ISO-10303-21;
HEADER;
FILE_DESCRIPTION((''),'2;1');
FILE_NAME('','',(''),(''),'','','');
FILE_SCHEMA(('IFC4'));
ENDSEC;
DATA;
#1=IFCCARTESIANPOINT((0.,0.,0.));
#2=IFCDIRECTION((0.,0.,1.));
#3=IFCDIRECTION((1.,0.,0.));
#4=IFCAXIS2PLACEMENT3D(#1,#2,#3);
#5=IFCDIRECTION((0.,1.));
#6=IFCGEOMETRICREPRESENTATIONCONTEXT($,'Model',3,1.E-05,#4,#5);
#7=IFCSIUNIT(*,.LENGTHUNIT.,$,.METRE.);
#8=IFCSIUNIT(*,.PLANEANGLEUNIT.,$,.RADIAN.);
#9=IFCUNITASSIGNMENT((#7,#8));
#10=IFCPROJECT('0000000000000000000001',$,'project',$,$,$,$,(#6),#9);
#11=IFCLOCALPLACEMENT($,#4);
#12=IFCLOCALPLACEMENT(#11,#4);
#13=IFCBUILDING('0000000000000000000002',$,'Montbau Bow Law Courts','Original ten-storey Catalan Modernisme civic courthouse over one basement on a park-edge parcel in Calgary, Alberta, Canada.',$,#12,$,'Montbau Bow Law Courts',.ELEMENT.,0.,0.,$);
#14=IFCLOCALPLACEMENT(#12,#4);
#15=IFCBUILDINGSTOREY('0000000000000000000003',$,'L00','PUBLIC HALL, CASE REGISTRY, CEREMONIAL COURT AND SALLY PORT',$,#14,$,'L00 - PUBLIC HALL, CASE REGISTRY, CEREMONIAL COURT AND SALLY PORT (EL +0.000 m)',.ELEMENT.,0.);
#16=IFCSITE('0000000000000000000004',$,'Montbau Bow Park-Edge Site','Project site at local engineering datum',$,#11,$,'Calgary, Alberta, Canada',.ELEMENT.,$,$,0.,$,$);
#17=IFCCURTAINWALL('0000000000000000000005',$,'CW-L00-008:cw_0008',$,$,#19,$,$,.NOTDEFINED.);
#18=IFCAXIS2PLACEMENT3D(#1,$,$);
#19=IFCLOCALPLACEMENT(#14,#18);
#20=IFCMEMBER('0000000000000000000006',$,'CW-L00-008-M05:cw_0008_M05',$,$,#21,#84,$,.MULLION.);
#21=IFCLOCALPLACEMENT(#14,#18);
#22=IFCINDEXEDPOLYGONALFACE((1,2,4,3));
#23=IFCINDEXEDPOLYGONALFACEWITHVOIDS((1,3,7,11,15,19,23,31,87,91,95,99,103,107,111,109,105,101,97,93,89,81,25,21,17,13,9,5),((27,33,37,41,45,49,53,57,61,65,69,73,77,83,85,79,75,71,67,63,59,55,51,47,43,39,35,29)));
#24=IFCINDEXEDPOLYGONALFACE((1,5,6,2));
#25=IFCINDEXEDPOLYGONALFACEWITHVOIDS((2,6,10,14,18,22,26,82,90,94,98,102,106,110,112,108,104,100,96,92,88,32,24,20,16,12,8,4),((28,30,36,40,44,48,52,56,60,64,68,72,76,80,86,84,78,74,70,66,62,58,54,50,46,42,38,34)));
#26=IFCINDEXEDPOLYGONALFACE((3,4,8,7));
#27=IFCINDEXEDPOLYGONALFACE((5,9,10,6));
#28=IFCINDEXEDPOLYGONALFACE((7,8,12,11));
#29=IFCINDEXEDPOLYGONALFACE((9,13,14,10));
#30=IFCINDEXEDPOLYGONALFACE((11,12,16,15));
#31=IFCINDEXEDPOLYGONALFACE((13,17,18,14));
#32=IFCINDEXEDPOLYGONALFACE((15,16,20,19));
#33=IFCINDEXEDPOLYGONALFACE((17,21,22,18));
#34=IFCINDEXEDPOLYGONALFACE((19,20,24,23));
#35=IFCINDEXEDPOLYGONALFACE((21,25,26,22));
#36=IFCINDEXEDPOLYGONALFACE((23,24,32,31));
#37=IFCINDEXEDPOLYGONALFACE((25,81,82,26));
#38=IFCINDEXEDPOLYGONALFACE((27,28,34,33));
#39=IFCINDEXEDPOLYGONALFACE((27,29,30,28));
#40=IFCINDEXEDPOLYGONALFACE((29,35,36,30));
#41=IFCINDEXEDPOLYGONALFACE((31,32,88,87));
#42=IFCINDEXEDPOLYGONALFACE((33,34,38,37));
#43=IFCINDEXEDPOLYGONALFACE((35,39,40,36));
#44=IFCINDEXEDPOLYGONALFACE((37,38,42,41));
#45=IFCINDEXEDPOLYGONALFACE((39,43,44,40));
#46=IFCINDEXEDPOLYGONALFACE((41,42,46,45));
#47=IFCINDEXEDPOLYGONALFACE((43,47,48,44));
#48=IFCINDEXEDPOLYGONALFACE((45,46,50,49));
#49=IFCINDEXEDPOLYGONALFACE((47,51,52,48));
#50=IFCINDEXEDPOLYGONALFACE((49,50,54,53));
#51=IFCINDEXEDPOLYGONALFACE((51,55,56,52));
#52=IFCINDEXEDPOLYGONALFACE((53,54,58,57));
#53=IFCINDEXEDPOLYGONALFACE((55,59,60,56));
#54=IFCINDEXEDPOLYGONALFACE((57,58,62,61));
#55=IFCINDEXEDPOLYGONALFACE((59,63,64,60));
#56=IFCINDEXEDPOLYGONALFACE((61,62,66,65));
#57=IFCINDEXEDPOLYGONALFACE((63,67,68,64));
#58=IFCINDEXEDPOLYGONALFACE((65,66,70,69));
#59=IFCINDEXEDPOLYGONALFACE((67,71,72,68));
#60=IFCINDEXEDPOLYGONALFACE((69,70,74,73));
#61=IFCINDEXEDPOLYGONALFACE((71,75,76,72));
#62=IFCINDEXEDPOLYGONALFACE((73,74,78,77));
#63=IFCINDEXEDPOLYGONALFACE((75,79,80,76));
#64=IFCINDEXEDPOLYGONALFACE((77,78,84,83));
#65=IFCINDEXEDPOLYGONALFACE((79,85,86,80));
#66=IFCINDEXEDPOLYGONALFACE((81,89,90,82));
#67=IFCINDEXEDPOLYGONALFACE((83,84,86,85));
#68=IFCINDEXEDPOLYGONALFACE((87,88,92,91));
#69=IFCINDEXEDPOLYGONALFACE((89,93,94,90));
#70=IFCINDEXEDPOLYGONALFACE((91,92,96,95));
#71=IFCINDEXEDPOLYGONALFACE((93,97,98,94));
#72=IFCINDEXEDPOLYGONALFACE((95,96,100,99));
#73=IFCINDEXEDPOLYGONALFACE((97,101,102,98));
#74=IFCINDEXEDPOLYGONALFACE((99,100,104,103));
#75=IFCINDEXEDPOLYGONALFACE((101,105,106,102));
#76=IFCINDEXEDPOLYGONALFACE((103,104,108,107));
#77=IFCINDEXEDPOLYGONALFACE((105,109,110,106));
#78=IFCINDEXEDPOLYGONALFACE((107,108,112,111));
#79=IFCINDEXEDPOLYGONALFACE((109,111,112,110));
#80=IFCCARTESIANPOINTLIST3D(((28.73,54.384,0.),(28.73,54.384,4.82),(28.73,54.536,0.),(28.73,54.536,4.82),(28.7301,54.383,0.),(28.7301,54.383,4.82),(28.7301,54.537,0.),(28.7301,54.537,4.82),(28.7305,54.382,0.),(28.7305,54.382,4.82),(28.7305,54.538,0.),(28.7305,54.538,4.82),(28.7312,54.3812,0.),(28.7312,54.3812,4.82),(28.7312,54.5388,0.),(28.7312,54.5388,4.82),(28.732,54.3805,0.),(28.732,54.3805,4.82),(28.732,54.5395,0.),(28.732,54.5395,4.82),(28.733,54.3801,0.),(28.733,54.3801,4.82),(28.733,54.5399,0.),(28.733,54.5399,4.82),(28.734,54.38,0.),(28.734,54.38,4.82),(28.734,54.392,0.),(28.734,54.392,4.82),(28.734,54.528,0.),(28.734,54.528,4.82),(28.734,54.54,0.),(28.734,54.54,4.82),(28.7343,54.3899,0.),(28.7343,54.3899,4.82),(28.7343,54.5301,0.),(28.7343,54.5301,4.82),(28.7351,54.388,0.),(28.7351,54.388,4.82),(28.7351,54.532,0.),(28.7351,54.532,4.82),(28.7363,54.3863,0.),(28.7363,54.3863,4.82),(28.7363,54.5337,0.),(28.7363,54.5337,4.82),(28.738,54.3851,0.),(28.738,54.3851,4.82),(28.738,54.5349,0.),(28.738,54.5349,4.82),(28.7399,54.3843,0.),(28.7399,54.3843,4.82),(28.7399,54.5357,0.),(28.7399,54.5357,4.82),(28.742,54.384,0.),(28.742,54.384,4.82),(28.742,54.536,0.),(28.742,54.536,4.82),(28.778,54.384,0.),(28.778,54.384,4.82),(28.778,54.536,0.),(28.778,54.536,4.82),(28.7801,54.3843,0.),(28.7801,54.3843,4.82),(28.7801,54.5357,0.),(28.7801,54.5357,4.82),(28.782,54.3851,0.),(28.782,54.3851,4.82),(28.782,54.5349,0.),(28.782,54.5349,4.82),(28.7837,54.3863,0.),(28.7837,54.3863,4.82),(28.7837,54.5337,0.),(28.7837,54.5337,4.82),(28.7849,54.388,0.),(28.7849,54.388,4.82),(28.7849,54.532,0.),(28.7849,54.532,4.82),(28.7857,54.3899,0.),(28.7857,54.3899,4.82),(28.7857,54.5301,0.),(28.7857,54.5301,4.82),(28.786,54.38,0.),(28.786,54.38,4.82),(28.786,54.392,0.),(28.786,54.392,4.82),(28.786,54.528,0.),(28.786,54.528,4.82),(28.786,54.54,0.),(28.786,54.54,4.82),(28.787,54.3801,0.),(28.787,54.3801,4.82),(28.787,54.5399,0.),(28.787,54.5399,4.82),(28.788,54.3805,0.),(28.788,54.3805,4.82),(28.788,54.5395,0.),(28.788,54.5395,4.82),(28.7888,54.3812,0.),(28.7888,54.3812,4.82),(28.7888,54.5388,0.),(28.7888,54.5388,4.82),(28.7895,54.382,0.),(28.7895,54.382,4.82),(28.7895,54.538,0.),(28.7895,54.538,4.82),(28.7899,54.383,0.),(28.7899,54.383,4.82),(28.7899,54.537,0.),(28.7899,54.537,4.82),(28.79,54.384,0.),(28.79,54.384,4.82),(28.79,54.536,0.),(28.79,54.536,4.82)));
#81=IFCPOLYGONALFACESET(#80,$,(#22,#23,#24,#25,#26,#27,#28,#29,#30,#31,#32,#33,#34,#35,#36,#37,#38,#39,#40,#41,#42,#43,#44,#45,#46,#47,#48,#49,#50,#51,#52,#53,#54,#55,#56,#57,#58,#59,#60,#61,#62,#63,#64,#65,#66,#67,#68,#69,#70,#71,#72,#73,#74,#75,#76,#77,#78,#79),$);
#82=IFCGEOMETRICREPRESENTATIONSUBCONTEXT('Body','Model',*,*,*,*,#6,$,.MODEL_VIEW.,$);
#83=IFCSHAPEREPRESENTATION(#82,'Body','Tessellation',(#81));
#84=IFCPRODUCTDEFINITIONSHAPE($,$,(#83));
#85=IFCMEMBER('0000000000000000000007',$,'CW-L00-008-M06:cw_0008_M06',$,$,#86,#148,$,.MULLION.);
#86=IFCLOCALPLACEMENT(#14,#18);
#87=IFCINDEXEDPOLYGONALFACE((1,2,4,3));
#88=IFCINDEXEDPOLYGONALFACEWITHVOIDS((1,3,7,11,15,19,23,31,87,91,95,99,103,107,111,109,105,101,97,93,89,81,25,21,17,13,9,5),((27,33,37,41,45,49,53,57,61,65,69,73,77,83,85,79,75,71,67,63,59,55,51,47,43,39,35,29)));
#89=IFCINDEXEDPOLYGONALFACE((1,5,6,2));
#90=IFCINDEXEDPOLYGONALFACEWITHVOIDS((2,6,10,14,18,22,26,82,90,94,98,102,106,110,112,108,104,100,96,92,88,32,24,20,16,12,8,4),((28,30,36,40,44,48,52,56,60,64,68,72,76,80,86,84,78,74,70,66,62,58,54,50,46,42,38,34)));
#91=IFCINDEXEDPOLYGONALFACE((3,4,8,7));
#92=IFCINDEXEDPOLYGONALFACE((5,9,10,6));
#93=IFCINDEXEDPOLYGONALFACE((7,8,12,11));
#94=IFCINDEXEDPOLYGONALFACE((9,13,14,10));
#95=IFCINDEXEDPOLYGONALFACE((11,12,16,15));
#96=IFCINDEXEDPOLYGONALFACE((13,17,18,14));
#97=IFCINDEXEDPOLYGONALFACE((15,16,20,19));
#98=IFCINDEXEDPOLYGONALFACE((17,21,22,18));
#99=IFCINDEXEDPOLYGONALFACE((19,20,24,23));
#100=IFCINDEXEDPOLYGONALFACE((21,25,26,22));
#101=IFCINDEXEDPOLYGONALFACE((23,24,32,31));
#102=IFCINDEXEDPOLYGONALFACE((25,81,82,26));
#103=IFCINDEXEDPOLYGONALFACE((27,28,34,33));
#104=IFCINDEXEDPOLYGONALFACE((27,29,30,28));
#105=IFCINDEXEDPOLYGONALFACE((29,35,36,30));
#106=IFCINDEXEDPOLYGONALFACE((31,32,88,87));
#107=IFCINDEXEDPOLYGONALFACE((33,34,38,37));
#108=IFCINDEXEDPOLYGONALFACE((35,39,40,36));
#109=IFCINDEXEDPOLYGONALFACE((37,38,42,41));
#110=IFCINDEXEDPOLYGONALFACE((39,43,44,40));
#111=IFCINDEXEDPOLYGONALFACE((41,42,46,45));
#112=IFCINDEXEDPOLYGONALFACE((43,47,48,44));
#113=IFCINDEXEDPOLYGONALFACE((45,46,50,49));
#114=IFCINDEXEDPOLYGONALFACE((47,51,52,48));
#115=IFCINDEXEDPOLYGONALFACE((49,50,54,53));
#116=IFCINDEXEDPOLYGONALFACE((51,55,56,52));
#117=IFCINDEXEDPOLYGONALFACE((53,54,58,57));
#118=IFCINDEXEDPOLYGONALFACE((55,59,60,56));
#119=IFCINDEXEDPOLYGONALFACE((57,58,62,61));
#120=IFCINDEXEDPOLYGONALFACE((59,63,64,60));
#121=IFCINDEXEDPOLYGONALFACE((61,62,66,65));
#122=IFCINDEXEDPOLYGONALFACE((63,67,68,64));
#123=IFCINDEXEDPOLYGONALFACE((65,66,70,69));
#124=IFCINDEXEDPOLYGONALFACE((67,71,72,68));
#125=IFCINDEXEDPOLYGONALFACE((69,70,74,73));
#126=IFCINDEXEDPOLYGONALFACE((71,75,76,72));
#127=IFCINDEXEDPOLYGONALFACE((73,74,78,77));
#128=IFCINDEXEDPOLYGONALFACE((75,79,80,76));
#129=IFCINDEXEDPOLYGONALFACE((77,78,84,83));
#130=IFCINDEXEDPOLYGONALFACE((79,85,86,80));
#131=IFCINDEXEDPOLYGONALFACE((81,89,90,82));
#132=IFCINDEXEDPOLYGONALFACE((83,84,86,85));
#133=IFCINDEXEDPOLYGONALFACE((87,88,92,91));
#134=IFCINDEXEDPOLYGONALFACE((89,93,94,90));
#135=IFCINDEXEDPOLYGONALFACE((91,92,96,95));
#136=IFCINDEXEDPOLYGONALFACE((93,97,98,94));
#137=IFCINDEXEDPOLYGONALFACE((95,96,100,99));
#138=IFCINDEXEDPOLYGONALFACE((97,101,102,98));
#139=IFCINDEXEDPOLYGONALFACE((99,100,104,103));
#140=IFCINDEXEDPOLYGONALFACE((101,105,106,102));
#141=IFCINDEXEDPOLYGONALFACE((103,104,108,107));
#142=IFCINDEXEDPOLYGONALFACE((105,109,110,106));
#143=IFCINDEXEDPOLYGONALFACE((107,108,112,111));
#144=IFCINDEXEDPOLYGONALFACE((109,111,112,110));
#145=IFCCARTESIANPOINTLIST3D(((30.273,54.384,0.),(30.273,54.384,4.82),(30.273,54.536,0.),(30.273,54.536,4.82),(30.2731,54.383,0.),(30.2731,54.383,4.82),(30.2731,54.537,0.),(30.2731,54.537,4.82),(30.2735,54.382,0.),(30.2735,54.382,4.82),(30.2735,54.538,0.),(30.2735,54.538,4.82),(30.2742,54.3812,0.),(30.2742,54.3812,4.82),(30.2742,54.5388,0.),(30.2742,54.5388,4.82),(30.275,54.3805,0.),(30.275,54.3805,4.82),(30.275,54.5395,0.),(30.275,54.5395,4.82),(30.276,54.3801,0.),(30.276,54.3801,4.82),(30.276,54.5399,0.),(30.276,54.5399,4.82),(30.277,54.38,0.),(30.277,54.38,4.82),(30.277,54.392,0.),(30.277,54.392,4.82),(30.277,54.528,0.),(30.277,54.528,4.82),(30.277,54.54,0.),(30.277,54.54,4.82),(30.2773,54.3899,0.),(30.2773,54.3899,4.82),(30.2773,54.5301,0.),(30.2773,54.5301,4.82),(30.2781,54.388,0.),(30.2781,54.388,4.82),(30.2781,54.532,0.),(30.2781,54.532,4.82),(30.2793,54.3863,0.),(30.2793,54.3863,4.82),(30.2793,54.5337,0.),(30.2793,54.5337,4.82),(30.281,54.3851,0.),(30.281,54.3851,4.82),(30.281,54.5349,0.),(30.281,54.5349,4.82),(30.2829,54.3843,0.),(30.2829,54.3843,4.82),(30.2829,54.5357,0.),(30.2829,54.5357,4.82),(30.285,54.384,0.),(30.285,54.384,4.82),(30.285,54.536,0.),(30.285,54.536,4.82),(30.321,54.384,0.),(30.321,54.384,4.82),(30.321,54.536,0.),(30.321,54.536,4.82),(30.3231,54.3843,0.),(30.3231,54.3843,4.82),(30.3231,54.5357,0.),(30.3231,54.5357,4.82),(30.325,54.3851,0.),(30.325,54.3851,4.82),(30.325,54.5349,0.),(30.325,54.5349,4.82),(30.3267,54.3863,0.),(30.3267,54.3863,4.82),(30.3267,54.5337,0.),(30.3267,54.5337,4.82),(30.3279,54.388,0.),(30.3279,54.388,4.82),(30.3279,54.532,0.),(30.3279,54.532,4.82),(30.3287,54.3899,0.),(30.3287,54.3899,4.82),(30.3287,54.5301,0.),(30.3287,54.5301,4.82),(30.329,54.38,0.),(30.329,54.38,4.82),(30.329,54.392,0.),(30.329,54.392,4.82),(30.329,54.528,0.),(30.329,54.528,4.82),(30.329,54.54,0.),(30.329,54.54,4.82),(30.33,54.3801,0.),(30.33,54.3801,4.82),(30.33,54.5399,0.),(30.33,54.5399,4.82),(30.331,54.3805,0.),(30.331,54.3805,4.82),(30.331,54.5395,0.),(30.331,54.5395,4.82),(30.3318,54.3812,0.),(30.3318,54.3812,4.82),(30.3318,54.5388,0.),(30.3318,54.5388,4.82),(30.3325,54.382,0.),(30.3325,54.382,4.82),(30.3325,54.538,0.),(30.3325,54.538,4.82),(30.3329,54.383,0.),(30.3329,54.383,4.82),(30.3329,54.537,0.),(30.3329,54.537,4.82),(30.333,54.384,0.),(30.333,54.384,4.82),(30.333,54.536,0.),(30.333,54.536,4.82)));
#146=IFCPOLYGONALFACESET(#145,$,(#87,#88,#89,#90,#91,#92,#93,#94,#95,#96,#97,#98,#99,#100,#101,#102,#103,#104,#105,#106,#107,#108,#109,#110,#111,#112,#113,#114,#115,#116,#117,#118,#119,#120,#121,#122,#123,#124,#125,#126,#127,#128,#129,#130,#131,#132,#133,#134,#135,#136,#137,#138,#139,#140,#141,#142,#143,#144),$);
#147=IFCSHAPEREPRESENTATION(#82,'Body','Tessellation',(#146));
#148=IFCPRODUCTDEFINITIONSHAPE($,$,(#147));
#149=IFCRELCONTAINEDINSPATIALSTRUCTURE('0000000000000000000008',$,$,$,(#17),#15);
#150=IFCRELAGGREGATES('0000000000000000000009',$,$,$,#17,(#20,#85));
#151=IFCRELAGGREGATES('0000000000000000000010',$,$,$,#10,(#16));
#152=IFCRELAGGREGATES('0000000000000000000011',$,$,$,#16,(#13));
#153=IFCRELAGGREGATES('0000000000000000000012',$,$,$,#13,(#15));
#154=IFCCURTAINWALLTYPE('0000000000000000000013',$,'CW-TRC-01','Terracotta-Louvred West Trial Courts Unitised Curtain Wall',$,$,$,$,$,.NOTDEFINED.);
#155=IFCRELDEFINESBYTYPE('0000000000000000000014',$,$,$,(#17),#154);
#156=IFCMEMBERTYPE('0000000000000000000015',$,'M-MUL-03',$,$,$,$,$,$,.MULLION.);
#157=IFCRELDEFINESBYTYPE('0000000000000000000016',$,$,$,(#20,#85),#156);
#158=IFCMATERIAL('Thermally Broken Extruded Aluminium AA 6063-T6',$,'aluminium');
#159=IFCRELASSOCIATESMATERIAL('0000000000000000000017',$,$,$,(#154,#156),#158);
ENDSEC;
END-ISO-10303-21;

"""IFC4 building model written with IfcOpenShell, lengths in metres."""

from ifc_helpers import new_model, si_unit, direction, frame, origin_with_axes, origin_2d_with_axis, place, context, subcontext, project, spatial, hollow_rectangle, extrude, material, material_profile, profile_set, type_object, element, aggregate, save


model = new_model("IFC4")

# Units and contexts
model_context = context("Model", 3, precision=1e-05, world=origin_with_axes(), true_north=direction((0.0, 1.0)))
body_context = subcontext(model_context, "Body", "Model", "MODEL_VIEW")
ifc_project = project(units=[si_unit("LENGTHUNIT", "METRE"), si_unit("PLANEANGLEUNIT", "RADIAN")], contexts=[model_context])

# Site, building, storey
site_placement = place(None, origin_with_axes())
site = spatial("IfcSite", under=ifc_project, at=site_placement, Name="Montbau Bow Park-Edge Site", Description="Project site at local engineering datum", LongName="Calgary, Alberta, Canada", CompositionType="ELEMENT", RefElevation=0.0)
building_placement = place(site_placement, origin_with_axes())
building = spatial("IfcBuilding", under=site, at=building_placement, Name="Montbau Bow Law Courts", Description="Original ten-storey Catalan Modernisme civic courthouse over one basement on a park-edge parcel in Calgary, Alberta, Canada.", LongName="Montbau Bow Law Courts", CompositionType="ELEMENT", ElevationOfRefHeight=0.0, ElevationOfTerrain=0.0)
storey_placement = place(building_placement, origin_with_axes())
storey = spatial("IfcBuildingStorey", under=building, at=storey_placement, Name="L00", Description="PUBLIC HALL, CASE REGISTRY, CEREMONIAL COURT AND SALLY PORT", LongName="L00 - PUBLIC HALL, CASE REGISTRY, CEREMONIAL COURT AND SALLY PORT (EL +0.000 m)", CompositionType="ELEMENT", Elevation=0.0)

# Curtain wall, members
ifc_material_1 = material(Name="Thermally Broken Extruded Aluminium AA 6063-T6", Category="aluminium")
curtain_wall_type = type_object("IfcCurtainWallType", Name="CW-TRC-01", Description="Terracotta-Louvred West Trial Courts Unitised Curtain Wall", PredefinedType="NOTDEFINED", material=ifc_material_1)
curtain_wall_1_placement = place(None, frame((22.467, 54.46, 0.0), z_axis=(0.0, 0.0, 1.0), x_axis=(1.0, 0.0, 0.0)))
curtain_wall_1 = element("IfcCurtainWall", 1, at=curtain_wall_1_placement, inside=storey, type_object=curtain_wall_type, Name="CW-L00-008:cw_0008", PredefinedType="NOTDEFINED")
ifc_material_profile_1 = material_profile(ifc_material_1, hollow_rectangle(XDim=0.06, YDim=0.16, WallThickness=0.004, InnerFilletRadius=0.008, OuterFilletRadius=0.004, at=origin_2d_with_axis()), Name="CWM-160X60", Category="Main", Priority=0)
ifc_profile_set_1 = profile_set([ifc_material_profile_1], Name="Thermally Broken Extruded Aluminium AA 6063-T6")
member_type_1 = type_object("IfcMemberType", Name="M-MUL-03", PredefinedType="MULLION", material=ifc_profile_set_1)
member_1_placement = place(None, frame((28.76, 54.46, 0.0), z_axis=(0.0, 0.0, 1.0), x_axis=(1.0, 0.0, 0.0)))
member_1 = element("IfcMember", 2, at=member_1_placement, type_object=member_type_1, Name="CW-L00-008-M05:cw_0008_M05", PredefinedType="MULLION", context=body_context, shape_type="SweptSolid", body=[
    extrude(hollow_rectangle(XDim=0.06, YDim=0.16, WallThickness=0.004, InnerFilletRadius=0.008, OuterFilletRadius=0.004, at=origin_2d_with_axis()), origin_with_axes(), (0.0, 0.0, 1.0), 4.82),
])
member_2_placement = place(None, frame((30.303, 54.46, 0.0), z_axis=(0.0, 0.0, 1.0), x_axis=(1.0, 0.0, 0.0)))
member_2 = element("IfcMember", 3, at=member_2_placement, type_object=member_type_1, Name="CW-L00-008-M06:cw_0008_M06", PredefinedType="MULLION", context=body_context, shape_type="SweptSolid", body=[
    extrude(hollow_rectangle(XDim=0.06, YDim=0.16, WallThickness=0.004, InnerFilletRadius=0.008, OuterFilletRadius=0.004, at=origin_2d_with_axis()), origin_with_axes(), (0.0, 0.0, 1.0), 4.82),
])

aggregate(curtain_wall_1, [member_1, member_2])

save(model, "model.ifc")
